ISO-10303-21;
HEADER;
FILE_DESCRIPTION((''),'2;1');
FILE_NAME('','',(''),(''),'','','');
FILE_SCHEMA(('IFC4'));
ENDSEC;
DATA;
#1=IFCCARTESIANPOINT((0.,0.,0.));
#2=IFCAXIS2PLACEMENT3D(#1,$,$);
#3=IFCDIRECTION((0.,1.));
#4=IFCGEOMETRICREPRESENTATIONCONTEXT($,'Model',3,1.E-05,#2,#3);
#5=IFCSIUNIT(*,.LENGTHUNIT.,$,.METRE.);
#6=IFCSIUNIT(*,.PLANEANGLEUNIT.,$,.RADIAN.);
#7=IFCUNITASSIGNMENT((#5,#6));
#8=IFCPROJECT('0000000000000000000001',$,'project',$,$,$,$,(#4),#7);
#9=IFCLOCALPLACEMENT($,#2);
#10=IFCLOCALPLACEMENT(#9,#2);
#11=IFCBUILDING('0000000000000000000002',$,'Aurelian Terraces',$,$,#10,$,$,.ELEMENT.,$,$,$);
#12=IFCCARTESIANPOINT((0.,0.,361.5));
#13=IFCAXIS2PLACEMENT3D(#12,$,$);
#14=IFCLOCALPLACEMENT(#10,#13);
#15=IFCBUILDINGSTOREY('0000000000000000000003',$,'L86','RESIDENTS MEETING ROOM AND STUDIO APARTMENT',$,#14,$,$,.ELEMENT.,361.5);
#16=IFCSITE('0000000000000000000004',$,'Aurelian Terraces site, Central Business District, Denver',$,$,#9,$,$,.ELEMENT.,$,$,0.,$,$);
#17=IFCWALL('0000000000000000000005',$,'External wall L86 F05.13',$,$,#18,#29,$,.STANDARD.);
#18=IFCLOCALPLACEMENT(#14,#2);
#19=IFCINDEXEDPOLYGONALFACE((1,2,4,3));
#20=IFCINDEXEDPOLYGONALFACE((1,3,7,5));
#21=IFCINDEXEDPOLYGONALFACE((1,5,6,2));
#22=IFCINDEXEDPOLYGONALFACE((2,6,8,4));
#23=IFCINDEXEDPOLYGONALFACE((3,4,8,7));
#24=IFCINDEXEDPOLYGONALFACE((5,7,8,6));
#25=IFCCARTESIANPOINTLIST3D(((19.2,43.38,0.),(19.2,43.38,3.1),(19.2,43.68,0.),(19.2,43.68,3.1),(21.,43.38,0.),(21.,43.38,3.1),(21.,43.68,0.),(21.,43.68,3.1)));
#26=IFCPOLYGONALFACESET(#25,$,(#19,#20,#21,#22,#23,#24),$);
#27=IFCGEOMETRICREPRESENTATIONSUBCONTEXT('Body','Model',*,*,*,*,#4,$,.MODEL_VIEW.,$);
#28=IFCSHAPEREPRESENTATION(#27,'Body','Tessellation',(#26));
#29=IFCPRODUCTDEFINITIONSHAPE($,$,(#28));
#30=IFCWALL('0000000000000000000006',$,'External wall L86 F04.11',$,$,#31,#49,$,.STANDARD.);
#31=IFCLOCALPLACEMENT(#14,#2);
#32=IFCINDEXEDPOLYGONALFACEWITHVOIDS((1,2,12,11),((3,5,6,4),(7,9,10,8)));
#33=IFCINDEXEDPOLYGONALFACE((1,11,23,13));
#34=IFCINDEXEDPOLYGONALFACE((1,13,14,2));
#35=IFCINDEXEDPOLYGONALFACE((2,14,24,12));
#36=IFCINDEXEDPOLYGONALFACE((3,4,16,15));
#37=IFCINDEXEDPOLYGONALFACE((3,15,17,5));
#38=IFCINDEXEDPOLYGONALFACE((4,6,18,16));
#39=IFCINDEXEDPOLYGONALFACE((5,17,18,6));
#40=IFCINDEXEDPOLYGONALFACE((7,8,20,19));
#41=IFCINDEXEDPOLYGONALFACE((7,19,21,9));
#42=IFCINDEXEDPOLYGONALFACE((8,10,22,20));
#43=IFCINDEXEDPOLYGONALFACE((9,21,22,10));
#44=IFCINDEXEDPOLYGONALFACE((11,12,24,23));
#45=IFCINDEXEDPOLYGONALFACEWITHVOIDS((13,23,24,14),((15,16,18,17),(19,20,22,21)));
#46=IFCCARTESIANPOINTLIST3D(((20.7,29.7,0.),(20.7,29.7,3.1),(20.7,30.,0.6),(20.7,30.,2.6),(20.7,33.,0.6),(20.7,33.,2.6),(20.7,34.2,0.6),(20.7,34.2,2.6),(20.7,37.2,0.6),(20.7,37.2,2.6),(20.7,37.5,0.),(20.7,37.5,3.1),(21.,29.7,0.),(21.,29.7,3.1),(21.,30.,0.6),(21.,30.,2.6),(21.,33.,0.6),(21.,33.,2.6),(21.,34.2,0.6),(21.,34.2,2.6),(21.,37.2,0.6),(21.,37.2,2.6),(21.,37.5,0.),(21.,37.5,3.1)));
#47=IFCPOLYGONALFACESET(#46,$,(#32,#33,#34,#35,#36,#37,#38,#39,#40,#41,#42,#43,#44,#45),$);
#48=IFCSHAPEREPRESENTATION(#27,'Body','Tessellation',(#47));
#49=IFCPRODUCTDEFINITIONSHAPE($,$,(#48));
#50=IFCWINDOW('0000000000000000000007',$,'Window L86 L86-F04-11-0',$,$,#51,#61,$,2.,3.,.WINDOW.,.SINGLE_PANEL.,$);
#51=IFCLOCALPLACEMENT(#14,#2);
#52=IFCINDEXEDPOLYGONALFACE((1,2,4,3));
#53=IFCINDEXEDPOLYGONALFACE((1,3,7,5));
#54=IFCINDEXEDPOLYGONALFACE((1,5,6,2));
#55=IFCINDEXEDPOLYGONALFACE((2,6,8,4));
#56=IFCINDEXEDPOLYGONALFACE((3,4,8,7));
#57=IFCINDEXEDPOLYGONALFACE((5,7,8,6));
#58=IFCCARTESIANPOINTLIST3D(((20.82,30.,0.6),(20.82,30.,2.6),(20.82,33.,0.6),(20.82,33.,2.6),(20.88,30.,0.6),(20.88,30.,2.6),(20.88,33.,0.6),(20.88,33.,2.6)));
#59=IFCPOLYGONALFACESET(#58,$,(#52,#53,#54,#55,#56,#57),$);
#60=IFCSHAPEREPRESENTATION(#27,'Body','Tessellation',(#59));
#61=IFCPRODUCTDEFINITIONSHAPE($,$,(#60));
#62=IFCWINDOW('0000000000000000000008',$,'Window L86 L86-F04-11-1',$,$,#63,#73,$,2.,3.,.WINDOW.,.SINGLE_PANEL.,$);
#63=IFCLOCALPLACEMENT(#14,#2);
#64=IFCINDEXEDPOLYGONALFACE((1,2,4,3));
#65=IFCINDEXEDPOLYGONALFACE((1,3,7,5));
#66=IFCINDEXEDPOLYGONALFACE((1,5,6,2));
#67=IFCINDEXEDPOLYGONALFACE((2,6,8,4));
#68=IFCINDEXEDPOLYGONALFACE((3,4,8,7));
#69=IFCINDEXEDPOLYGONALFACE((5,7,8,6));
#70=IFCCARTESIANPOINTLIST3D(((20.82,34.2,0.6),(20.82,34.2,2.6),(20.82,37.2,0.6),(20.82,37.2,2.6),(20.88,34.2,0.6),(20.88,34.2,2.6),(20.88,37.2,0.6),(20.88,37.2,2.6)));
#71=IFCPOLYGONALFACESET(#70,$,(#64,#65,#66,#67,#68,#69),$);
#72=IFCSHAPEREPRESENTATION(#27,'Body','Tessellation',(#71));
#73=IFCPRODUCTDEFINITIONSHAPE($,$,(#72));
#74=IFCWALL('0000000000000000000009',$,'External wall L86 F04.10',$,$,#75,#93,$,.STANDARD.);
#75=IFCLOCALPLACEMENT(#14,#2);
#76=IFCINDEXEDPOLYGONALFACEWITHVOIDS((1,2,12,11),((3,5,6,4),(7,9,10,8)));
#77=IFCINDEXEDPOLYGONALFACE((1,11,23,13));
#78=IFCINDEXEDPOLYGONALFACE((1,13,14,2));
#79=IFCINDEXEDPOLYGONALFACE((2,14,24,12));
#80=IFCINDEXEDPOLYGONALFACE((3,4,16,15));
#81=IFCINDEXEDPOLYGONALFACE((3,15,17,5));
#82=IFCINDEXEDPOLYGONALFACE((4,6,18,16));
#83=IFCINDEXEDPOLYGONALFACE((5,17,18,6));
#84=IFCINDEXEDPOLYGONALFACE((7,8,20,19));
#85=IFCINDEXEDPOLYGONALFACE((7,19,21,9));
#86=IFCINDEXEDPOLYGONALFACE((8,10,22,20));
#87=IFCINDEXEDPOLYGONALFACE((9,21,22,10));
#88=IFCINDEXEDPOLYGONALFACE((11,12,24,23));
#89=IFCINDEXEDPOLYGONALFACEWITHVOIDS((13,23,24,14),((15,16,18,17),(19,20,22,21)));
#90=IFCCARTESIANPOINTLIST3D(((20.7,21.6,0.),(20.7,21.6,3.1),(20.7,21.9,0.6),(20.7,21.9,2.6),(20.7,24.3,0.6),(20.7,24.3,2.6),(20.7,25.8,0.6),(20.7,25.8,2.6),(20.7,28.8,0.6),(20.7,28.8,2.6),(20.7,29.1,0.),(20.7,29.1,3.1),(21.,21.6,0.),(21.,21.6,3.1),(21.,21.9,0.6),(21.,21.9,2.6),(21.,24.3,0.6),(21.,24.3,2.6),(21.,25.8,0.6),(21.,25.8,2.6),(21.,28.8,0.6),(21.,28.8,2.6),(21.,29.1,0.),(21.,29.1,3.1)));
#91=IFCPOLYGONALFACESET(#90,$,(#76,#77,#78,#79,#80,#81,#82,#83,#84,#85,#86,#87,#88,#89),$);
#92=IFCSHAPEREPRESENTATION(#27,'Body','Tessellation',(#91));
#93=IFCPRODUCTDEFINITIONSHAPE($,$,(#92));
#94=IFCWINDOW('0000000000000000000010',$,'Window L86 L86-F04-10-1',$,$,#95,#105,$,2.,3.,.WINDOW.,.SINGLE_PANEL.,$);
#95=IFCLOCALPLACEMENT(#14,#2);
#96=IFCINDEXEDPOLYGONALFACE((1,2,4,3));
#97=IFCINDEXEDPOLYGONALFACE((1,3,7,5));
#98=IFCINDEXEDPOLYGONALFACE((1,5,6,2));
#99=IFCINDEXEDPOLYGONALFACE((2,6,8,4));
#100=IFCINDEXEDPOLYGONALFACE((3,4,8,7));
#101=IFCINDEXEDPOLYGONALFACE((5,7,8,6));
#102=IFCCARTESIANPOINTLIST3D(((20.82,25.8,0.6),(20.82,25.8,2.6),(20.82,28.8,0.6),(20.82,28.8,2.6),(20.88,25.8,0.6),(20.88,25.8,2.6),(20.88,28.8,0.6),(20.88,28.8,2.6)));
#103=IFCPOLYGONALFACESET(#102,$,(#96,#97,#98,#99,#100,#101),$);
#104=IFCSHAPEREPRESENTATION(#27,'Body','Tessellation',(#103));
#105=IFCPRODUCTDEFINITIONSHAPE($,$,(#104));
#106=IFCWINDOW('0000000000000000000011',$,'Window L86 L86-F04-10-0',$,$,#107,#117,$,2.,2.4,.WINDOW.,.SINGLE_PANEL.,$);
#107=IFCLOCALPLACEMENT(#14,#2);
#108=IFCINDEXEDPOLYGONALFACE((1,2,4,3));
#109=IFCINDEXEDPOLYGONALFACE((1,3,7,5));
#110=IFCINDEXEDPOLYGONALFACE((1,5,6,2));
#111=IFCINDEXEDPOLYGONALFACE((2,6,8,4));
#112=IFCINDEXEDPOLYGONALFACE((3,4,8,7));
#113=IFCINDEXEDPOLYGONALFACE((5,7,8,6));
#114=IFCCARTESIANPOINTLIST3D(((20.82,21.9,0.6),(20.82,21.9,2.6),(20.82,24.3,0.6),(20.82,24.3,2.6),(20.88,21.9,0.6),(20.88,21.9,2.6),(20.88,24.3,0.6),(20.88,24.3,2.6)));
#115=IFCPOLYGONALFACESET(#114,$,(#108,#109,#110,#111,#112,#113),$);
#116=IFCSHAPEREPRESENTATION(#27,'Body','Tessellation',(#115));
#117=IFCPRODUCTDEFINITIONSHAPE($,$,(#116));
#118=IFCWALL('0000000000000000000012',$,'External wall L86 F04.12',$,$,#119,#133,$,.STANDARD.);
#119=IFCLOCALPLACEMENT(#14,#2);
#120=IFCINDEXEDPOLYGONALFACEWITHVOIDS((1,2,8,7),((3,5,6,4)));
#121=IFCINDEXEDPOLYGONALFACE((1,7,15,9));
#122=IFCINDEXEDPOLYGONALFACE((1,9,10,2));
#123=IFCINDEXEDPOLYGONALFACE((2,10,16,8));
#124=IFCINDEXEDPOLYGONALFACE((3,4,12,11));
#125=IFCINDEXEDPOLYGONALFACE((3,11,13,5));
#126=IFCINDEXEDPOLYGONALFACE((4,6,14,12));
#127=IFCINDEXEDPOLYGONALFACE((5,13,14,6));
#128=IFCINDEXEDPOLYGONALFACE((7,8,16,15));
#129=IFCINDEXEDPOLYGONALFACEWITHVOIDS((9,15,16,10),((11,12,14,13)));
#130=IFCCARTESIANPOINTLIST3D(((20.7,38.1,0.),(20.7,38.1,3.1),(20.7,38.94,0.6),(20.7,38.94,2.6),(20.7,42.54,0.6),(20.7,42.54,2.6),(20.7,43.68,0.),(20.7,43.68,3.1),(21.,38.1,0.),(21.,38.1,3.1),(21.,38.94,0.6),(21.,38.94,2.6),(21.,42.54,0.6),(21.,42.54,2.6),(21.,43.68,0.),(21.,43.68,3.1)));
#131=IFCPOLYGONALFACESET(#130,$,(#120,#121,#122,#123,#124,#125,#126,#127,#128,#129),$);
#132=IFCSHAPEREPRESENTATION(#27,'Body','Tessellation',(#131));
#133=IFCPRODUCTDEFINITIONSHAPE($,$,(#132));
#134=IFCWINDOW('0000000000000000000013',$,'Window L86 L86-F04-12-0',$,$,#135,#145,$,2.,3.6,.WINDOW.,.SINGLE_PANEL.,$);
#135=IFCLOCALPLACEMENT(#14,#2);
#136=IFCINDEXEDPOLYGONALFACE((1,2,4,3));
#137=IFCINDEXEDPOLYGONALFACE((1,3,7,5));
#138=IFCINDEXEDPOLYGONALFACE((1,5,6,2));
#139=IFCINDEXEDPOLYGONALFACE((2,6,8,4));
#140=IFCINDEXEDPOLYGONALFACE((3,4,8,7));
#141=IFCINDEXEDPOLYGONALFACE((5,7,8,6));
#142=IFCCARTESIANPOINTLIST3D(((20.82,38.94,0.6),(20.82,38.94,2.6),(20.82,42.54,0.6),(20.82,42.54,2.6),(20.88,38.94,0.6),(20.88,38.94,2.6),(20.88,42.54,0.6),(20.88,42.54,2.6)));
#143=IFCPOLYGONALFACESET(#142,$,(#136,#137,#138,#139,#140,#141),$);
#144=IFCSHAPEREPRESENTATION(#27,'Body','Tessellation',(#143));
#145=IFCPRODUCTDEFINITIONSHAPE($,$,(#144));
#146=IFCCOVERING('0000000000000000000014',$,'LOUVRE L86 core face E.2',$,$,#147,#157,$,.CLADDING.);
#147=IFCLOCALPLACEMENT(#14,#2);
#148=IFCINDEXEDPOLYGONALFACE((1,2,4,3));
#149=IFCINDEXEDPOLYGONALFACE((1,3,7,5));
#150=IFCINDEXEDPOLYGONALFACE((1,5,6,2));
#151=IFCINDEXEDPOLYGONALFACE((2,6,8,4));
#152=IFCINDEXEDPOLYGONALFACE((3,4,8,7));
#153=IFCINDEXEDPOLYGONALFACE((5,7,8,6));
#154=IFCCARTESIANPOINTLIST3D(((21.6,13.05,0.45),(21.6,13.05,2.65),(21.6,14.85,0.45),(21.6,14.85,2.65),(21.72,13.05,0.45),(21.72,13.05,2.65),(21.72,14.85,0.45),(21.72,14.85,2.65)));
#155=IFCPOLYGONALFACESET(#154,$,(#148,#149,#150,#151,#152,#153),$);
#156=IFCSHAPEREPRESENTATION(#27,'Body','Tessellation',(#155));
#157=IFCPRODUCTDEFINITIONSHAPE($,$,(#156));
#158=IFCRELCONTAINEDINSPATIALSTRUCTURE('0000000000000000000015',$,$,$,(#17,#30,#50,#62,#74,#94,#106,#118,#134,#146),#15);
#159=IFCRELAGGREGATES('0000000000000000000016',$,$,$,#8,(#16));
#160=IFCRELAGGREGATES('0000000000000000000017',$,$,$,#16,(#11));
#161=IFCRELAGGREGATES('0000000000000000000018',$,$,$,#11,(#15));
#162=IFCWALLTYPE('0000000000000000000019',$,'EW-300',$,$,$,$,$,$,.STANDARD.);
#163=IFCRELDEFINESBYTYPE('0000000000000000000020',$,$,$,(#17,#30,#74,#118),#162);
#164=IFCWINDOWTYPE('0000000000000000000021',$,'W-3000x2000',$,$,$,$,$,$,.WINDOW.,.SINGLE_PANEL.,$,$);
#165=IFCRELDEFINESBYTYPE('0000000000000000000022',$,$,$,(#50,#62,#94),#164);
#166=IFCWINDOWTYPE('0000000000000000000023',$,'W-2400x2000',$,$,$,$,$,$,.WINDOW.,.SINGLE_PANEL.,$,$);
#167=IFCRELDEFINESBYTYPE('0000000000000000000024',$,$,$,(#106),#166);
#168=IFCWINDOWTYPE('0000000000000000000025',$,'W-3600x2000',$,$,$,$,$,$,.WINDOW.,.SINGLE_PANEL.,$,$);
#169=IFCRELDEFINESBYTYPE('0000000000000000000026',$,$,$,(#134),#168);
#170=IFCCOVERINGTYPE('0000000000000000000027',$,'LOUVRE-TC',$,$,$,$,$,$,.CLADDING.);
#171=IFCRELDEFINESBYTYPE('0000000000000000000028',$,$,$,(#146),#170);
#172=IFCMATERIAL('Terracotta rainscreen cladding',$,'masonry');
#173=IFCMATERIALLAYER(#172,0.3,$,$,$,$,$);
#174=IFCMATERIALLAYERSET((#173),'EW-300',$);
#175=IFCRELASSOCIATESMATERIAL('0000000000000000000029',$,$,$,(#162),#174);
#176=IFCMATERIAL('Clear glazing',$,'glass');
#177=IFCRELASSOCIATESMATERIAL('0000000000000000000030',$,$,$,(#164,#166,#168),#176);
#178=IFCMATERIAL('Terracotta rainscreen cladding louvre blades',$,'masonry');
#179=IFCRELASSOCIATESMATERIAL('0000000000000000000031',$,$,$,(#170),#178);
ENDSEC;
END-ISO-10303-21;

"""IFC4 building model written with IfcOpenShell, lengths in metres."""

from ifc_helpers import new_model, si_unit, direction, frame, frame_2d, origin, origin_2d, place, context, subcontext, project, spatial, rectangle, extrude, source, transform, mapped, material, layer, layer_set, type_object, element, fill, save


model = new_model("IFC4")

# Units and contexts
model_context = context("Model", 3, precision=1e-05, world=origin(), true_north=direction((0.0, 1.0)))
body_context = subcontext(model_context, "Body", "Model", "MODEL_VIEW")
ifc_project = project(units=[si_unit("LENGTHUNIT", "METRE"), si_unit("PLANEANGLEUNIT", "RADIAN")], contexts=[model_context])

# Site, building, storey
site_placement = place(None, origin())
site = spatial("IfcSite", under=ifc_project, at=site_placement, Name="Aurelian Terraces site, Central Business District, Denver", CompositionType="ELEMENT", RefElevation=0.0)
building_placement = place(site_placement, origin())
building = spatial("IfcBuilding", under=site, at=building_placement, Name="Aurelian Terraces", CompositionType="ELEMENT")
storey_placement = place(building_placement, frame((0.0, 0.0, 361.5)))
storey = spatial("IfcBuildingStorey", under=building, at=storey_placement, Name="L86", Description="RESIDENTS MEETING ROOM AND STUDIO APARTMENT", CompositionType="ELEMENT", Elevation=361.5)

# Wall
ifc_material_1 = material(Name="Terracotta rainscreen cladding", Category="masonry")
ifc_layer = layer(ifc_material_1, 0.3)
ifc_layer_set = layer_set([ifc_layer], Name="EW-300")
wall_type = type_object("IfcWallType", Name="EW-300", PredefinedType="STANDARD", material=ifc_layer_set)
shared_shape_1 = source(origin(), body_context, "Body", "SweptSolid", [
    extrude(rectangle(XDim=1.8, YDim=0.3, at=frame_2d((0.9, 0.0))), origin(), (0.0, 0.0, 1.0), 3.1),
])
wall_1_placement = place(storey_placement, frame((21.0, 43.53, 0.0), z_axis=(0.0, 0.0, 1.0), x_axis=(-1.0, 0.0, 0.0)))
element("IfcWall", 1, at=wall_1_placement, inside=storey, type_object=wall_type, Name="External wall L86 F05.13", PredefinedType="STANDARD", context=body_context, shape_type="MappedRepresentation", body=[
    mapped(shared_shape_1, transform((0.0, 0.0, 0.0), scale=1.0)),
])

# Walls, openings, windows
shared_shape_2 = source(origin(), body_context, "Body", "SweptSolid", [
    extrude(rectangle(XDim=7.8, YDim=0.3, at=frame_2d((3.9, 0.0))), origin(), (0.0, 0.0, 1.0), 3.1),
])
wall_2_placement = place(storey_placement, frame((20.85, 29.7, 0.0), z_axis=(0.0, 0.0, 1.0), x_axis=(0.0, 1.0, 0.0)))
wall_2 = element("IfcWall", 2, at=wall_2_placement, inside=storey, type_object=wall_type, Name="External wall L86 F04.11", PredefinedType="STANDARD", context=body_context, shape_type="MappedRepresentation", body=[
    mapped(shared_shape_2, transform((0.0, 0.0, 0.0), scale=1.0)),
])
shared_shape_3 = source(origin(), body_context, "Body", "SweptSolid", [
    extrude(rectangle(XDim=3.0, YDim=2.0, at=frame_2d((1.5, 1.0))), frame((0.0, 0.16, 0.0), z_axis=(0.0, -1.0, 0.0), x_axis=(1.0, 0.0, 0.0)), (0.0, 0.0, 1.0), 0.32),
])
opening_1_placement = place(wall_2_placement, frame((0.3, 0.0, 0.6)))
opening_1 = element("IfcOpeningElement", 3, at=opening_1_placement, cuts=wall_2, PredefinedType="OPENING", context=body_context, shape_type="MappedRepresentation", body=[
    mapped(shared_shape_3, transform((0.0, 0.0, 0.0), scale=1.0)),
])
opening_2_placement = place(wall_2_placement, frame((4.5, 0.0, 0.6)))
opening_2 = element("IfcOpeningElement", 4, at=opening_2_placement, cuts=wall_2, PredefinedType="OPENING", context=body_context, shape_type="MappedRepresentation", body=[
    mapped(shared_shape_3, transform((0.0, 0.0, 0.0), scale=1.0)),
])
ifc_material_2 = material(Name="Clear glazing", Category="glass")
window_type_1 = type_object("IfcWindowType", Name="W-3000x2000", PartitioningType="SINGLE_PANEL", PredefinedType="WINDOW", material=ifc_material_2)
shared_shape_4 = source(origin(), body_context, "Body", "SweptSolid", [
    extrude(rectangle(XDim=3.0, YDim=2.0, at=frame_2d((1.5, 1.0))), frame((0.0, 0.03, 0.0), z_axis=(0.0, -1.0, 0.0), x_axis=(1.0, 0.0, 0.0)), (0.0, 0.0, 1.0), 0.06),
])
window_1_placement = place(opening_1_placement, origin())
window_1 = element("IfcWindow", 5, at=window_1_placement, inside=storey, type_object=window_type_1, Name="Window L86 L86-F04-11-0", OverallHeight=2.0, OverallWidth=3.0, PartitioningType="SINGLE_PANEL", PredefinedType="WINDOW", context=body_context, shape_type="MappedRepresentation", body=[
    mapped(shared_shape_4, transform((0.0, 0.0, 0.0), scale=1.0)),
])
fill(opening_1, window_1)
window_2_placement = place(opening_2_placement, origin())
window_2 = element("IfcWindow", 6, at=window_2_placement, inside=storey, type_object=window_type_1, Name="Window L86 L86-F04-11-1", OverallHeight=2.0, OverallWidth=3.0, PartitioningType="SINGLE_PANEL", PredefinedType="WINDOW", context=body_context, shape_type="MappedRepresentation", body=[
    mapped(shared_shape_4, transform((0.0, 0.0, 0.0), scale=1.0)),
])
fill(opening_2, window_2)
shared_shape_5 = source(origin(), body_context, "Body", "SweptSolid", [
    extrude(rectangle(XDim=7.5, YDim=0.3, at=frame_2d((3.75, 0.0))), origin(), (0.0, 0.0, 1.0), 3.1),
])
wall_3_placement = place(storey_placement, frame((20.85, 21.6, 0.0), z_axis=(0.0, 0.0, 1.0), x_axis=(0.0, 1.0, 0.0)))
wall_3 = element("IfcWall", 7, at=wall_3_placement, inside=storey, type_object=wall_type, Name="External wall L86 F04.10", PredefinedType="STANDARD", context=body_context, shape_type="MappedRepresentation", body=[
    mapped(shared_shape_5, transform((0.0, 0.0, 0.0), scale=1.0)),
])
shared_shape_6 = source(origin(), body_context, "Body", "SweptSolid", [
    extrude(rectangle(XDim=2.4, YDim=2.0, at=frame_2d((1.2, 1.0))), frame((0.0, 0.16, 0.0), z_axis=(0.0, -1.0, 0.0), x_axis=(1.0, 0.0, 0.0)), (0.0, 0.0, 1.0), 0.32),
])
opening_3_placement = place(wall_3_placement, frame((0.3, 0.0, 0.6)))
opening_3 = element("IfcOpeningElement", 8, at=opening_3_placement, cuts=wall_3, PredefinedType="OPENING", context=body_context, shape_type="MappedRepresentation", body=[
    mapped(shared_shape_6, transform((0.0, 0.0, 0.0), scale=1.0)),
])
opening_4_placement = place(wall_3_placement, frame((4.2, 0.0, 0.6)))
opening_4 = element("IfcOpeningElement", 9, at=opening_4_placement, cuts=wall_3, PredefinedType="OPENING", context=body_context, shape_type="MappedRepresentation", body=[
    mapped(shared_shape_3, transform((0.0, 0.0, 0.0), scale=1.0)),
])
window_3_placement = place(opening_4_placement, origin())
window_3 = element("IfcWindow", 10, at=window_3_placement, inside=storey, type_object=window_type_1, Name="Window L86 L86-F04-10-1", OverallHeight=2.0, OverallWidth=3.0, PartitioningType="SINGLE_PANEL", PredefinedType="WINDOW", context=body_context, shape_type="MappedRepresentation", body=[
    mapped(shared_shape_4, transform((0.0, 0.0, 0.0), scale=1.0)),
])
fill(opening_4, window_3)
window_type_2 = type_object("IfcWindowType", Name="W-2400x2000", PartitioningType="SINGLE_PANEL", PredefinedType="WINDOW", material=ifc_material_2)
shared_shape_7 = source(origin(), body_context, "Body", "SweptSolid", [
    extrude(rectangle(XDim=2.4, YDim=2.0, at=frame_2d((1.2, 1.0))), frame((0.0, 0.03, 0.0), z_axis=(0.0, -1.0, 0.0), x_axis=(1.0, 0.0, 0.0)), (0.0, 0.0, 1.0), 0.06),
])
window_4_placement = place(opening_3_placement, origin())
window_4 = element("IfcWindow", 11, at=window_4_placement, inside=storey, type_object=window_type_2, Name="Window L86 L86-F04-10-0", OverallHeight=2.0, OverallWidth=2.4, PartitioningType="SINGLE_PANEL", PredefinedType="WINDOW", context=body_context, shape_type="MappedRepresentation", body=[
    mapped(shared_shape_7, transform((0.0, 0.0, 0.0), scale=1.0)),
])
fill(opening_3, window_4)

# Wall, opening, window
shared_shape_8 = source(origin(), body_context, "Body", "SweptSolid", [
    extrude(rectangle(XDim=5.58, YDim=0.3, at=frame_2d((2.79, 0.0))), origin(), (0.0, 0.0, 1.0), 3.1),
])
wall_4_placement = place(storey_placement, frame((20.85, 38.1, 0.0), z_axis=(0.0, 0.0, 1.0), x_axis=(0.0, 1.0, 0.0)))
wall_4 = element("IfcWall", 12, at=wall_4_placement, inside=storey, type_object=wall_type, Name="External wall L86 F04.12", PredefinedType="STANDARD", context=body_context, shape_type="MappedRepresentation", body=[
    mapped(shared_shape_8, transform((0.0, 0.0, 0.0), scale=1.0)),
])
shared_shape_9 = source(origin(), body_context, "Body", "SweptSolid", [
    extrude(rectangle(XDim=3.6, YDim=2.0, at=frame_2d((1.8, 1.0))), frame((0.0, 0.16, 0.0), z_axis=(0.0, -1.0, 0.0), x_axis=(1.0, 0.0, 0.0)), (0.0, 0.0, 1.0), 0.32),
])
opening_5_placement = place(wall_4_placement, frame((0.84, 0.0, 0.6)))
opening_5 = element("IfcOpeningElement", 13, at=opening_5_placement, cuts=wall_4, PredefinedType="OPENING", context=body_context, shape_type="MappedRepresentation", body=[
    mapped(shared_shape_9, transform((0.0, 0.0, 0.0), scale=1.0)),
])
window_type_3 = type_object("IfcWindowType", Name="W-3600x2000", PartitioningType="SINGLE_PANEL", PredefinedType="WINDOW", material=ifc_material_2)
shared_shape_10 = source(origin(), body_context, "Body", "SweptSolid", [
    extrude(rectangle(XDim=3.6, YDim=2.0, at=frame_2d((1.8, 1.0))), frame((0.0, 0.03, 0.0), z_axis=(0.0, -1.0, 0.0), x_axis=(1.0, 0.0, 0.0)), (0.0, 0.0, 1.0), 0.06),
])
window_5_placement = place(opening_5_placement, origin())
window_5 = element("IfcWindow", 14, at=window_5_placement, inside=storey, type_object=window_type_3, Name="Window L86 L86-F04-12-0", OverallHeight=2.0, OverallWidth=3.6, PartitioningType="SINGLE_PANEL", PredefinedType="WINDOW", context=body_context, shape_type="MappedRepresentation", body=[
    mapped(shared_shape_10, transform((0.0, 0.0, 0.0), scale=1.0)),
])
fill(opening_5, window_5)

# Covering
ifc_material_3 = material(Name="Terracotta rainscreen cladding louvre blades", Category="masonry")
covering_type_1 = type_object("IfcCoveringType", Name="LOUVRE-TC", PredefinedType="CLADDING", material=ifc_material_3)
shared_shape_11 = source(origin(), body_context, "Body", "SweptSolid", [
    extrude(rectangle(XDim=0.12, YDim=1.8, at=origin_2d()), origin(), (0.0, 0.0, 1.0), 2.2),
])
for number, where, z_axis, x_axis, name in (
    (15, (21.66, 13.95, 0.45), (0.0, 0.0, 1.0), (1.0, 0.0, 0.0), "LOUVRE L86 core face E.2"),
):
    element("IfcCovering", number, at=place(storey_placement, frame(where, z_axis=z_axis, x_axis=x_axis)), inside=storey, type_object=covering_type_1, Name=name, PredefinedType="CLADDING", context=body_context, shape_type="MappedRepresentation", body=[
        mapped(shared_shape_11, transform((0.0, 0.0, 0.0), scale=1.0)),
    ])

save(model, "model.ifc")
